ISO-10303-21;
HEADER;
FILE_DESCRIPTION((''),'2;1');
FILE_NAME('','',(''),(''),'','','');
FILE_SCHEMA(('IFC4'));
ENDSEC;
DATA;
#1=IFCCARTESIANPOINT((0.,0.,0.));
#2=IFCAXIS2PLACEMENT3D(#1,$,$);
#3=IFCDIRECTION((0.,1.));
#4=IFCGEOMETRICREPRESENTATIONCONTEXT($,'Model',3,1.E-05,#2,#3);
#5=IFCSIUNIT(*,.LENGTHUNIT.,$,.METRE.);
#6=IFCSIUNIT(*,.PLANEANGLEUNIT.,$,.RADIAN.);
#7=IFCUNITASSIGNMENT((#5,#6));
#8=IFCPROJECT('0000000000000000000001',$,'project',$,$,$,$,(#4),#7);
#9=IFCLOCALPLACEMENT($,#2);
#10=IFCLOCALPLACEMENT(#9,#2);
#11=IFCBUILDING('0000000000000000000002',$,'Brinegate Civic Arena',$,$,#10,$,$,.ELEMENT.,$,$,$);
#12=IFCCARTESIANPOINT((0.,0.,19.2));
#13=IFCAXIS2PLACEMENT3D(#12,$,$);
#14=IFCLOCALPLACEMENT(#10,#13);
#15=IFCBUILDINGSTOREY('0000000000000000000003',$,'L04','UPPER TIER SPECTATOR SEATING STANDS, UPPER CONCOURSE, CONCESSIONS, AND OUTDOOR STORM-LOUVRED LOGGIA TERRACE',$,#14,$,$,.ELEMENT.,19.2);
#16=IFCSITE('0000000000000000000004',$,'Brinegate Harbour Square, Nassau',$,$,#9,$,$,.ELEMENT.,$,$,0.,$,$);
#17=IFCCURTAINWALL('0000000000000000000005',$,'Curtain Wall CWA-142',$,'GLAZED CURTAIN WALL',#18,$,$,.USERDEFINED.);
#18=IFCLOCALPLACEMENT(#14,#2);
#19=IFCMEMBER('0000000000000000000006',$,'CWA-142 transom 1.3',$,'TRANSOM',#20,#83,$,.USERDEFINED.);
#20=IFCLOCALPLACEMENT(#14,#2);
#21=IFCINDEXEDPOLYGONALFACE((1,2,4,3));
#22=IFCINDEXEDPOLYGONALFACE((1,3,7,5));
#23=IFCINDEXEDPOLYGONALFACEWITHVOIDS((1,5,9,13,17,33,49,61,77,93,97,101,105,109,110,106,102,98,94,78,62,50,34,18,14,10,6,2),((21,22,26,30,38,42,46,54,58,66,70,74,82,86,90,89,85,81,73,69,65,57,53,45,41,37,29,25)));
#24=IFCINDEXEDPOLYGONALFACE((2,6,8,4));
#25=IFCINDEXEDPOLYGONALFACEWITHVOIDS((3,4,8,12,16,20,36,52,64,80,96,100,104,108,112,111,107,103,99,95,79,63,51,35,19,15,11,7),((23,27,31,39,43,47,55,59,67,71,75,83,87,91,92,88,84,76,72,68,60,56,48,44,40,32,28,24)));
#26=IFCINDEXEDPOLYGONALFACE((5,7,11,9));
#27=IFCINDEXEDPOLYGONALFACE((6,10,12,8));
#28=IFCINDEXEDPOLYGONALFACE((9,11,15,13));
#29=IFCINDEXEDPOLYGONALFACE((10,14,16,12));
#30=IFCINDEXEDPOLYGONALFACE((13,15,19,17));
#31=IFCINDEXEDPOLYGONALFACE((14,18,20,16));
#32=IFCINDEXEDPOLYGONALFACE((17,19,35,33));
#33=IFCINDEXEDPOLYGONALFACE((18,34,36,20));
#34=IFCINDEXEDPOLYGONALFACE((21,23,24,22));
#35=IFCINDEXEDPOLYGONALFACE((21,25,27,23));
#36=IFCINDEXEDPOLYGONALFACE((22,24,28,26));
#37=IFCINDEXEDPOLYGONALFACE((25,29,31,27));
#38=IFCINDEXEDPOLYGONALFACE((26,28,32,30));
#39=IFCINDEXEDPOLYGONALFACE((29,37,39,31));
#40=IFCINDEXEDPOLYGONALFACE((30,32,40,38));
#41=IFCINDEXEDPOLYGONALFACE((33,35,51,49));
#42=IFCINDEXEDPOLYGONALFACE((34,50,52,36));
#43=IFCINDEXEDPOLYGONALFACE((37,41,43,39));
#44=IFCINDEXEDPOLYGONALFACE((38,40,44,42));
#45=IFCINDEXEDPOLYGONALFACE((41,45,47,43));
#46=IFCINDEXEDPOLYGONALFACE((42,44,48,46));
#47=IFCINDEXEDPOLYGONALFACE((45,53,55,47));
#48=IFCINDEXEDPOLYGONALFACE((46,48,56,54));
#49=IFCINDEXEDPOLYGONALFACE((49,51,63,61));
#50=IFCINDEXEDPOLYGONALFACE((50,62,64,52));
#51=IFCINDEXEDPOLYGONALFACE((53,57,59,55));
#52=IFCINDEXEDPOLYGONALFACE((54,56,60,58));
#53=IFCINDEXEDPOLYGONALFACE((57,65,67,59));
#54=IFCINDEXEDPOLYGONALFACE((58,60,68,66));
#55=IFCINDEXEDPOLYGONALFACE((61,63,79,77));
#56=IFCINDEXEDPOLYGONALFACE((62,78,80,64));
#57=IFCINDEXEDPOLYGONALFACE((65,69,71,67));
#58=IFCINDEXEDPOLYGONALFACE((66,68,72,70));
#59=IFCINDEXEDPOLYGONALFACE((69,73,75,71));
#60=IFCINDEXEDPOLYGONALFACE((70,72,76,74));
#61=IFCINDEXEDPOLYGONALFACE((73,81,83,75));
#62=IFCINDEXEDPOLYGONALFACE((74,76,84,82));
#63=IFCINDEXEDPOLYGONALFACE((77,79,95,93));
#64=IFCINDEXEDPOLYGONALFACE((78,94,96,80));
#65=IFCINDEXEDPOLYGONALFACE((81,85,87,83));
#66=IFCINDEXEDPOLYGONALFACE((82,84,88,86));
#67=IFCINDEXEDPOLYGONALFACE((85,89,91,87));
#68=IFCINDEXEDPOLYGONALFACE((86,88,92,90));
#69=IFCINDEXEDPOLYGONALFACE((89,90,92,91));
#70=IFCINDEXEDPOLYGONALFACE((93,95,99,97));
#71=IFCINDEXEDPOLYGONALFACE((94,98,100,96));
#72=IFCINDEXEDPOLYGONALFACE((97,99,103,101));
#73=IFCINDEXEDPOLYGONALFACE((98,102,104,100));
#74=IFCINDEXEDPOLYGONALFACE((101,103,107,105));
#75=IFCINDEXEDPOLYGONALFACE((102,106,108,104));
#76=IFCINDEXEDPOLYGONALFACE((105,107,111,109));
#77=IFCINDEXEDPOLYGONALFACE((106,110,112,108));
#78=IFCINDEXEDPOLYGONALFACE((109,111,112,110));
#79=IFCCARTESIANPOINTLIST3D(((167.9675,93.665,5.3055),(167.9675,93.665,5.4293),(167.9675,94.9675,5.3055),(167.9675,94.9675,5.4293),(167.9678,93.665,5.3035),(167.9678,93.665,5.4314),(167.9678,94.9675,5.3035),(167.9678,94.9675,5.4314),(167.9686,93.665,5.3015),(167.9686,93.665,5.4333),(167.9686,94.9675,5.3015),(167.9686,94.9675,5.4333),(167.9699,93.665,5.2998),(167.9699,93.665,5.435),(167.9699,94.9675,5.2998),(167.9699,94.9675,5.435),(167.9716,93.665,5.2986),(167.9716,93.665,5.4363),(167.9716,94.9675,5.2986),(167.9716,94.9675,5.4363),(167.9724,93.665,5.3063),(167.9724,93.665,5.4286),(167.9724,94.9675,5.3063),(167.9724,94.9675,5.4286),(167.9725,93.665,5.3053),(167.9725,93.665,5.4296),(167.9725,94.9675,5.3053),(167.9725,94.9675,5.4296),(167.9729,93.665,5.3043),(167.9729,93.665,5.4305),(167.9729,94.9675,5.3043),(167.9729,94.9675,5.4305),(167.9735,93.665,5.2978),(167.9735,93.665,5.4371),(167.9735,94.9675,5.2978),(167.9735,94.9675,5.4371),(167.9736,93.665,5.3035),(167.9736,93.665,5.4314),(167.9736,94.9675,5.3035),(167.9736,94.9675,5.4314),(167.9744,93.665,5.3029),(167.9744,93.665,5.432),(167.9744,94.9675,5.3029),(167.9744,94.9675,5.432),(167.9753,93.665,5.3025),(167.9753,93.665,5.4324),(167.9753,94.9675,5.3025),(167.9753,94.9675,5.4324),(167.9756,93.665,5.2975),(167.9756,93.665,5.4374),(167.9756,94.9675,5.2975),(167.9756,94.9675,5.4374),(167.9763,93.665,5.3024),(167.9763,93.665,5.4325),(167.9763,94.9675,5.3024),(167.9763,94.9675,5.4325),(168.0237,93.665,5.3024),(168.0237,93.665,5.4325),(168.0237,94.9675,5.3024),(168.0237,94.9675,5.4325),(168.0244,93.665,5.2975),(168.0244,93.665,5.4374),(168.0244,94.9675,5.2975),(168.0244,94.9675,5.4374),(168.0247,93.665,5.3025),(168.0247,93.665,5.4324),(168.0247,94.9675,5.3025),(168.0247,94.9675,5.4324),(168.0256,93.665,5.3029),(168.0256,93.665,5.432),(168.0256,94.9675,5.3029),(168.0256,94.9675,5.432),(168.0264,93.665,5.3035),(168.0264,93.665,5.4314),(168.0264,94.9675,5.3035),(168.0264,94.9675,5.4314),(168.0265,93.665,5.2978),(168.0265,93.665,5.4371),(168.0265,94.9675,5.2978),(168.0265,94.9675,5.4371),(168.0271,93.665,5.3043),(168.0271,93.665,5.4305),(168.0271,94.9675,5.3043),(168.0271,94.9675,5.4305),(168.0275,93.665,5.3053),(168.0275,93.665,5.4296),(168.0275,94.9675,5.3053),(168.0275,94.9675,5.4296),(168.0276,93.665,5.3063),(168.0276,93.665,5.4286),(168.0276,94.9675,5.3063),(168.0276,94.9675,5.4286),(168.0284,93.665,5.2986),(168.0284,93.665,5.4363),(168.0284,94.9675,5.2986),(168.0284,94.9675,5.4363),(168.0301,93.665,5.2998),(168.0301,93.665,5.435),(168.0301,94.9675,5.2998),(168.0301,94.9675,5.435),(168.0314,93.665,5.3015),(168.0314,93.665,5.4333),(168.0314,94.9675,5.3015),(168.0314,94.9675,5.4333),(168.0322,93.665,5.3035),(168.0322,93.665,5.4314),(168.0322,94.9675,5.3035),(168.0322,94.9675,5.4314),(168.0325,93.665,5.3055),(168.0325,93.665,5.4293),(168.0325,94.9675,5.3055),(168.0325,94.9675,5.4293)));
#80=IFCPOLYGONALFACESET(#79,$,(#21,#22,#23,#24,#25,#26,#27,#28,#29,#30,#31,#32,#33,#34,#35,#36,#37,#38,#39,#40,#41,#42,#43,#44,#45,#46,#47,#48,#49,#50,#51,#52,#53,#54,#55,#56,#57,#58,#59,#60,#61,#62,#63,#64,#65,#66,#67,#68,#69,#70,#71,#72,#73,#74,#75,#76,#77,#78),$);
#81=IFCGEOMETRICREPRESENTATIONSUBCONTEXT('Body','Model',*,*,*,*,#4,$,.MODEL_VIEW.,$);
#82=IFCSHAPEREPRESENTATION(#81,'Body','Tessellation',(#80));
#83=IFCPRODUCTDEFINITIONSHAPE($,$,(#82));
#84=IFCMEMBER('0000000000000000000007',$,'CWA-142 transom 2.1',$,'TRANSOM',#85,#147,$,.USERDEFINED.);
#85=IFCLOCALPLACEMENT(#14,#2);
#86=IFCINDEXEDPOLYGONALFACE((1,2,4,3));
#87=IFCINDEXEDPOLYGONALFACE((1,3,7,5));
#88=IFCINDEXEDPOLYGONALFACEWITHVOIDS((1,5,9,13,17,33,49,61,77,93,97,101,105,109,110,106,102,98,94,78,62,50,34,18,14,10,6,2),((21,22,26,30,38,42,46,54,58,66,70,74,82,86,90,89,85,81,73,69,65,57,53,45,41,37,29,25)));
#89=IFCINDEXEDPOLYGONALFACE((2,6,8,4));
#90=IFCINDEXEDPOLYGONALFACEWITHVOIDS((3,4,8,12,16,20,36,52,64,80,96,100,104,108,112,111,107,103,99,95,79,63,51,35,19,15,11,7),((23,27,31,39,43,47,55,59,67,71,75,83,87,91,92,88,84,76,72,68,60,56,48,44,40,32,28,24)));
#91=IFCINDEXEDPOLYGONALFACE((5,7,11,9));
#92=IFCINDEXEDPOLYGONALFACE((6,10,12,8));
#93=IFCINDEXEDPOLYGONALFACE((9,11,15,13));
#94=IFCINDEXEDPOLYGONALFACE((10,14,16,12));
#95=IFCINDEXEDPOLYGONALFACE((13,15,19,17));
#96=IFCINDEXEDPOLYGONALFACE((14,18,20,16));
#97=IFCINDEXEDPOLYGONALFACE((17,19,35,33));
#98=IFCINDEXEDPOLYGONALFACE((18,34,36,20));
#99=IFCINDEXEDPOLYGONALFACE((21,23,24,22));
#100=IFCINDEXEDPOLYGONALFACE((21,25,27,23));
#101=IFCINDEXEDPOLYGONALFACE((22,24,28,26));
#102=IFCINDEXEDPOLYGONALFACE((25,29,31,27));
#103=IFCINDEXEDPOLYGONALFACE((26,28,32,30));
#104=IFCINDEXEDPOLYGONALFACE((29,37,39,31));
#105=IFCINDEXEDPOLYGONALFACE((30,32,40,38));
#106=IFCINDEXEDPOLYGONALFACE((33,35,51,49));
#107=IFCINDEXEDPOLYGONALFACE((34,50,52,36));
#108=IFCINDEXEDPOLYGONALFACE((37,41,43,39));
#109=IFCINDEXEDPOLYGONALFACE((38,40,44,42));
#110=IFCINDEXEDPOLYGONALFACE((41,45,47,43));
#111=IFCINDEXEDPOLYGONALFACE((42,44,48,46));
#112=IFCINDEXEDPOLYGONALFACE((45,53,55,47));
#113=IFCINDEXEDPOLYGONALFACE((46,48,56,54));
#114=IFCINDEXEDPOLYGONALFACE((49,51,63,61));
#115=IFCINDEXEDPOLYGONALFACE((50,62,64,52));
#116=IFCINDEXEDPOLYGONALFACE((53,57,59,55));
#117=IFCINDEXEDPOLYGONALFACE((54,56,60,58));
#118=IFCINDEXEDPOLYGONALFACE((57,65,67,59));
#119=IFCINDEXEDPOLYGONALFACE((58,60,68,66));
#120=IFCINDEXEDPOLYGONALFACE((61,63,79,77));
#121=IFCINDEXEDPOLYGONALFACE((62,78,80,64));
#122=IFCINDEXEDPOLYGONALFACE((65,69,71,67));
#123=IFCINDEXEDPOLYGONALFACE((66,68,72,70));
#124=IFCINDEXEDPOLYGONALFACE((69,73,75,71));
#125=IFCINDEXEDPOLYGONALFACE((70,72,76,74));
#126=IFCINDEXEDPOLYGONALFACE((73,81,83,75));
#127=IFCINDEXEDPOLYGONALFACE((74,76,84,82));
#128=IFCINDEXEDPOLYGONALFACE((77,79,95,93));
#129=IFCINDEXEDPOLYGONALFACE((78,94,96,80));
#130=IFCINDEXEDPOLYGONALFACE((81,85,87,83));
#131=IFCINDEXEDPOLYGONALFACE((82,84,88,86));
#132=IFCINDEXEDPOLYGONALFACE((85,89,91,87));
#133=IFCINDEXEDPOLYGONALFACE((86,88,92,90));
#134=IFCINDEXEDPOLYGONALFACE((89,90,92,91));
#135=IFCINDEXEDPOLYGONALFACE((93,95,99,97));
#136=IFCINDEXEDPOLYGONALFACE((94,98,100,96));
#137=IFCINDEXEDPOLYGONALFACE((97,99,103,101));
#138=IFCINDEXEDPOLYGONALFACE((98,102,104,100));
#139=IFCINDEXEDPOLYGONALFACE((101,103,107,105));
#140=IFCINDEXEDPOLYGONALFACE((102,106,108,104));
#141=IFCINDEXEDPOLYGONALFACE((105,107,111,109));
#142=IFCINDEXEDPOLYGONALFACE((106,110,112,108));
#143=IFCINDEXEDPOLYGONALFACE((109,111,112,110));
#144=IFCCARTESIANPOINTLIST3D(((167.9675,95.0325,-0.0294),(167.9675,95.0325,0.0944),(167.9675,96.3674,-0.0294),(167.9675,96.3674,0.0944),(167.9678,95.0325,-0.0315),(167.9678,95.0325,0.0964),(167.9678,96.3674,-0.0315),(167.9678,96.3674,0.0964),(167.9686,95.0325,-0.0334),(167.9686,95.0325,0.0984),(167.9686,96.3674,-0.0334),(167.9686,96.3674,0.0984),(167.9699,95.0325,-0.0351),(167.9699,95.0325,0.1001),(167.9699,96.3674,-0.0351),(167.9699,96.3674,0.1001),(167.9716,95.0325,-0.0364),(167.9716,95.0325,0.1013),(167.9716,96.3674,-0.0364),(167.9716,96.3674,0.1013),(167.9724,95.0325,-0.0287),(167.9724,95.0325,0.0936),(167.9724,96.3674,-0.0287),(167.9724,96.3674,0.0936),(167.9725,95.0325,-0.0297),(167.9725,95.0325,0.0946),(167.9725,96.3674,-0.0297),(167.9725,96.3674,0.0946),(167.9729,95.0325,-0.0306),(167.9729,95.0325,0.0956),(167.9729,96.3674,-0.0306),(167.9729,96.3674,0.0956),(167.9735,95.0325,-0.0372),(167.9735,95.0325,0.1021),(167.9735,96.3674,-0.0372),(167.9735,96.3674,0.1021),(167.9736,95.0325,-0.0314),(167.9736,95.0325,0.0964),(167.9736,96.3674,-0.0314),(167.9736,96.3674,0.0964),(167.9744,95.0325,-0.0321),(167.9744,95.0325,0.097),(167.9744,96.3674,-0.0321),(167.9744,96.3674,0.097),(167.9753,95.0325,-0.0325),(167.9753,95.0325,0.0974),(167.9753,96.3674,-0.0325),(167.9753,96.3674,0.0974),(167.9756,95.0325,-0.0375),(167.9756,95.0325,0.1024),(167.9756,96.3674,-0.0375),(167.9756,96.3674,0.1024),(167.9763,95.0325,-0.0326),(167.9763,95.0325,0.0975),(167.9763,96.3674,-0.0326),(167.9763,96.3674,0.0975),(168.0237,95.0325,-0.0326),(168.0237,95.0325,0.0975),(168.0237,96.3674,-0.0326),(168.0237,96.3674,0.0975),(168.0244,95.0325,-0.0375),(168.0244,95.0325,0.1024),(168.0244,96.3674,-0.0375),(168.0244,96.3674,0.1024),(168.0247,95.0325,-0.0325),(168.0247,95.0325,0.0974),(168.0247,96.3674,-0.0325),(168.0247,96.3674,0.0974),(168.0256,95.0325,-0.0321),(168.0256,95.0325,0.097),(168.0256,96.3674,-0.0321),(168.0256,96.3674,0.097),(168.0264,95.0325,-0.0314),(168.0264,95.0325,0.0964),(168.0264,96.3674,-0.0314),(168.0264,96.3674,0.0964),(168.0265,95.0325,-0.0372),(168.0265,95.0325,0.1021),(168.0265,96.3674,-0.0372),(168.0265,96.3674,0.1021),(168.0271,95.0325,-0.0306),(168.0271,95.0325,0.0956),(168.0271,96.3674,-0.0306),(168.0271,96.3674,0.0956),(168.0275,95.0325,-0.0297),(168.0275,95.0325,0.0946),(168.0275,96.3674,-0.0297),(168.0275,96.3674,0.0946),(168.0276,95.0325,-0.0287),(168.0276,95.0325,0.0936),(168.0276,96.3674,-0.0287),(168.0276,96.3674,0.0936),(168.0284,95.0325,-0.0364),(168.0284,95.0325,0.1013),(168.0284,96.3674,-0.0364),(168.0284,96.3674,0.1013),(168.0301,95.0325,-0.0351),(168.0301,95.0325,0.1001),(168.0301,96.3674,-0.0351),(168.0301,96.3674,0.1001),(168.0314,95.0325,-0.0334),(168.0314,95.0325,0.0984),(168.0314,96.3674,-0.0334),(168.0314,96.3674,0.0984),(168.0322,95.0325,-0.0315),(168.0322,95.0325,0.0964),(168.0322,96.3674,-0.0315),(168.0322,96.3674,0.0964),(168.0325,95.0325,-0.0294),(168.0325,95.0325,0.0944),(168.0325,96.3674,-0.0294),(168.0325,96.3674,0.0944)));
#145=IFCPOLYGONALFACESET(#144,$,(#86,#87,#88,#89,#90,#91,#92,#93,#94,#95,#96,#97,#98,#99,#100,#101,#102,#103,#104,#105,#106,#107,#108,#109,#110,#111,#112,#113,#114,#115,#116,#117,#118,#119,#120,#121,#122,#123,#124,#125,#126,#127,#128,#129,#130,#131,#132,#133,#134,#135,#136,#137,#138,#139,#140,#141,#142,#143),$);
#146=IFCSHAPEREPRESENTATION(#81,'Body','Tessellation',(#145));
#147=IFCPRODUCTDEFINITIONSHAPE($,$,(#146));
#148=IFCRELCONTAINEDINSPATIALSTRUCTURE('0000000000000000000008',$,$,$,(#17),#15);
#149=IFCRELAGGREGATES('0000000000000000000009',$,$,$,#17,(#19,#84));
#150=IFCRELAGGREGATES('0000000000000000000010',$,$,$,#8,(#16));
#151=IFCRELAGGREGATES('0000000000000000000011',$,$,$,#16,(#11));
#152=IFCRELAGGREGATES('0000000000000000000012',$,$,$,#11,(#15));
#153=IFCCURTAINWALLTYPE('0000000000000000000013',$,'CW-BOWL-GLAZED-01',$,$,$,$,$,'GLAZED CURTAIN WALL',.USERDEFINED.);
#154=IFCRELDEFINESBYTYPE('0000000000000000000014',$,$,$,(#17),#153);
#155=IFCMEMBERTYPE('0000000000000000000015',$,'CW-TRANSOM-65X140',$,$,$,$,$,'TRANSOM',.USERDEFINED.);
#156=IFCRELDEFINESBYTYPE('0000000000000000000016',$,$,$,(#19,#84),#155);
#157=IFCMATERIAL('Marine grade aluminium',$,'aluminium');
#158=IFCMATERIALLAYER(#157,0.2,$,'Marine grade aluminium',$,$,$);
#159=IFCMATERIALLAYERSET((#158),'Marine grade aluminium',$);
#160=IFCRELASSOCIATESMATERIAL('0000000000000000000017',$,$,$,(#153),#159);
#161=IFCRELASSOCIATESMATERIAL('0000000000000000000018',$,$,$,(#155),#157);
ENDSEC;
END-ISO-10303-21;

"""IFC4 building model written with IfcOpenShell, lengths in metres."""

from ifc_helpers import new_model, si_unit, direction, frame, origin, origin_2d, place, context, subcontext, project, spatial, hollow_rectangle, extrude, material, layer, layer_set, material_profile, profile_set, type_object, element, aggregate, save


model = new_model("IFC4")

# Units and contexts
model_context = context("Model", 3, precision=1e-05, world=origin(), true_north=direction((0.0, 1.0)))
body_context = subcontext(model_context, "Body", "Model", "MODEL_VIEW")
ifc_project = project(units=[si_unit("LENGTHUNIT", "METRE"), si_unit("PLANEANGLEUNIT", "RADIAN")], contexts=[model_context])

# Site, building, storey
site_placement = place(None, origin())
site = spatial("IfcSite", under=ifc_project, at=site_placement, Name="Brinegate Harbour Square, Nassau", CompositionType="ELEMENT", RefElevation=0.0)
building_placement = place(site_placement, origin())
building = spatial("IfcBuilding", under=site, at=building_placement, Name="Brinegate Civic Arena", CompositionType="ELEMENT")
storey_placement = place(building_placement, frame((0.0, 0.0, 19.2)))
storey = spatial("IfcBuildingStorey", under=building, at=storey_placement, Name="L04", Description="UPPER TIER SPECTATOR SEATING STANDS, UPPER CONCOURSE, CONCESSIONS, AND OUTDOOR STORM-LOUVRED LOGGIA TERRACE", CompositionType="ELEMENT", Elevation=19.2)

# Curtain wall, members
ifc_material_1 = material(Name="Marine grade aluminium", Category="aluminium")
ifc_layer_1 = layer(ifc_material_1, 0.2, Name="Marine grade aluminium")
ifc_layer_set_1 = layer_set([ifc_layer_1], Name="Marine grade aluminium")
curtain_wall_type = type_object("IfcCurtainWallType", Name="CW-BOWL-GLAZED-01", ElementType="GLAZED CURTAIN WALL", PredefinedType="USERDEFINED", material=ifc_layer_set_1)
curtain_wall_placement = place(storey_placement, origin())
curtain_wall = element("IfcCurtainWall", 1, at=curtain_wall_placement, inside=storey, type_object=curtain_wall_type, Name="Curtain Wall CWA-142", ObjectType="GLAZED CURTAIN WALL", PredefinedType="USERDEFINED")
ifc_material_profile_1 = material_profile(ifc_material_1, hollow_rectangle(XDim=0.0649, YDim=0.1399, WallThickness=0.0049, InnerFilletRadius=0.0039, OuterFilletRadius=0.0081, at=origin_2d()), Name="TRN65X140")
ifc_profile_set_1 = profile_set([ifc_material_profile_1], Name="Marine grade aluminium")
member_type_1 = type_object("IfcMemberType", Name="CW-TRANSOM-65X140", ElementType="TRANSOM", PredefinedType="USERDEFINED", material=ifc_profile_set_1)
member_1_placement = place(storey_placement, frame((168.0, 93.665, 5.3674), z_axis=(0.0, 1.0, 0.0), x_axis=(-1.0, 0.0, 0.0)))
member_1 = element("IfcMember", 2, at=member_1_placement, type_object=member_type_1, Name="CWA-142 transom 1.3", ObjectType="TRANSOM", PredefinedType="USERDEFINED", context=body_context, shape_type="SweptSolid", body=[
    extrude(hollow_rectangle(XDim=0.0649, YDim=0.1399, WallThickness=0.0049, InnerFilletRadius=0.0039, OuterFilletRadius=0.0081, at=origin_2d()), origin(), (0.0, 0.0, 1.0), 1.3025),
])
member_2_placement = place(storey_placement, frame((168.0, 95.0325, 0.0325), z_axis=(0.0, 1.0, 0.0), x_axis=(-1.0, 0.0, 0.0)))
member_2 = element("IfcMember", 3, at=member_2_placement, type_object=member_type_1, Name="CWA-142 transom 2.1", ObjectType="TRANSOM", PredefinedType="USERDEFINED", context=body_context, shape_type="SweptSolid", body=[
    extrude(hollow_rectangle(XDim=0.0649, YDim=0.1399, WallThickness=0.0049, InnerFilletRadius=0.0039, OuterFilletRadius=0.0081, at=origin_2d()), origin(), (0.0, 0.0, 1.0), 1.335),
])
aggregate(curtain_wall, [member_1, member_2])

save(model, "model.ifc")
